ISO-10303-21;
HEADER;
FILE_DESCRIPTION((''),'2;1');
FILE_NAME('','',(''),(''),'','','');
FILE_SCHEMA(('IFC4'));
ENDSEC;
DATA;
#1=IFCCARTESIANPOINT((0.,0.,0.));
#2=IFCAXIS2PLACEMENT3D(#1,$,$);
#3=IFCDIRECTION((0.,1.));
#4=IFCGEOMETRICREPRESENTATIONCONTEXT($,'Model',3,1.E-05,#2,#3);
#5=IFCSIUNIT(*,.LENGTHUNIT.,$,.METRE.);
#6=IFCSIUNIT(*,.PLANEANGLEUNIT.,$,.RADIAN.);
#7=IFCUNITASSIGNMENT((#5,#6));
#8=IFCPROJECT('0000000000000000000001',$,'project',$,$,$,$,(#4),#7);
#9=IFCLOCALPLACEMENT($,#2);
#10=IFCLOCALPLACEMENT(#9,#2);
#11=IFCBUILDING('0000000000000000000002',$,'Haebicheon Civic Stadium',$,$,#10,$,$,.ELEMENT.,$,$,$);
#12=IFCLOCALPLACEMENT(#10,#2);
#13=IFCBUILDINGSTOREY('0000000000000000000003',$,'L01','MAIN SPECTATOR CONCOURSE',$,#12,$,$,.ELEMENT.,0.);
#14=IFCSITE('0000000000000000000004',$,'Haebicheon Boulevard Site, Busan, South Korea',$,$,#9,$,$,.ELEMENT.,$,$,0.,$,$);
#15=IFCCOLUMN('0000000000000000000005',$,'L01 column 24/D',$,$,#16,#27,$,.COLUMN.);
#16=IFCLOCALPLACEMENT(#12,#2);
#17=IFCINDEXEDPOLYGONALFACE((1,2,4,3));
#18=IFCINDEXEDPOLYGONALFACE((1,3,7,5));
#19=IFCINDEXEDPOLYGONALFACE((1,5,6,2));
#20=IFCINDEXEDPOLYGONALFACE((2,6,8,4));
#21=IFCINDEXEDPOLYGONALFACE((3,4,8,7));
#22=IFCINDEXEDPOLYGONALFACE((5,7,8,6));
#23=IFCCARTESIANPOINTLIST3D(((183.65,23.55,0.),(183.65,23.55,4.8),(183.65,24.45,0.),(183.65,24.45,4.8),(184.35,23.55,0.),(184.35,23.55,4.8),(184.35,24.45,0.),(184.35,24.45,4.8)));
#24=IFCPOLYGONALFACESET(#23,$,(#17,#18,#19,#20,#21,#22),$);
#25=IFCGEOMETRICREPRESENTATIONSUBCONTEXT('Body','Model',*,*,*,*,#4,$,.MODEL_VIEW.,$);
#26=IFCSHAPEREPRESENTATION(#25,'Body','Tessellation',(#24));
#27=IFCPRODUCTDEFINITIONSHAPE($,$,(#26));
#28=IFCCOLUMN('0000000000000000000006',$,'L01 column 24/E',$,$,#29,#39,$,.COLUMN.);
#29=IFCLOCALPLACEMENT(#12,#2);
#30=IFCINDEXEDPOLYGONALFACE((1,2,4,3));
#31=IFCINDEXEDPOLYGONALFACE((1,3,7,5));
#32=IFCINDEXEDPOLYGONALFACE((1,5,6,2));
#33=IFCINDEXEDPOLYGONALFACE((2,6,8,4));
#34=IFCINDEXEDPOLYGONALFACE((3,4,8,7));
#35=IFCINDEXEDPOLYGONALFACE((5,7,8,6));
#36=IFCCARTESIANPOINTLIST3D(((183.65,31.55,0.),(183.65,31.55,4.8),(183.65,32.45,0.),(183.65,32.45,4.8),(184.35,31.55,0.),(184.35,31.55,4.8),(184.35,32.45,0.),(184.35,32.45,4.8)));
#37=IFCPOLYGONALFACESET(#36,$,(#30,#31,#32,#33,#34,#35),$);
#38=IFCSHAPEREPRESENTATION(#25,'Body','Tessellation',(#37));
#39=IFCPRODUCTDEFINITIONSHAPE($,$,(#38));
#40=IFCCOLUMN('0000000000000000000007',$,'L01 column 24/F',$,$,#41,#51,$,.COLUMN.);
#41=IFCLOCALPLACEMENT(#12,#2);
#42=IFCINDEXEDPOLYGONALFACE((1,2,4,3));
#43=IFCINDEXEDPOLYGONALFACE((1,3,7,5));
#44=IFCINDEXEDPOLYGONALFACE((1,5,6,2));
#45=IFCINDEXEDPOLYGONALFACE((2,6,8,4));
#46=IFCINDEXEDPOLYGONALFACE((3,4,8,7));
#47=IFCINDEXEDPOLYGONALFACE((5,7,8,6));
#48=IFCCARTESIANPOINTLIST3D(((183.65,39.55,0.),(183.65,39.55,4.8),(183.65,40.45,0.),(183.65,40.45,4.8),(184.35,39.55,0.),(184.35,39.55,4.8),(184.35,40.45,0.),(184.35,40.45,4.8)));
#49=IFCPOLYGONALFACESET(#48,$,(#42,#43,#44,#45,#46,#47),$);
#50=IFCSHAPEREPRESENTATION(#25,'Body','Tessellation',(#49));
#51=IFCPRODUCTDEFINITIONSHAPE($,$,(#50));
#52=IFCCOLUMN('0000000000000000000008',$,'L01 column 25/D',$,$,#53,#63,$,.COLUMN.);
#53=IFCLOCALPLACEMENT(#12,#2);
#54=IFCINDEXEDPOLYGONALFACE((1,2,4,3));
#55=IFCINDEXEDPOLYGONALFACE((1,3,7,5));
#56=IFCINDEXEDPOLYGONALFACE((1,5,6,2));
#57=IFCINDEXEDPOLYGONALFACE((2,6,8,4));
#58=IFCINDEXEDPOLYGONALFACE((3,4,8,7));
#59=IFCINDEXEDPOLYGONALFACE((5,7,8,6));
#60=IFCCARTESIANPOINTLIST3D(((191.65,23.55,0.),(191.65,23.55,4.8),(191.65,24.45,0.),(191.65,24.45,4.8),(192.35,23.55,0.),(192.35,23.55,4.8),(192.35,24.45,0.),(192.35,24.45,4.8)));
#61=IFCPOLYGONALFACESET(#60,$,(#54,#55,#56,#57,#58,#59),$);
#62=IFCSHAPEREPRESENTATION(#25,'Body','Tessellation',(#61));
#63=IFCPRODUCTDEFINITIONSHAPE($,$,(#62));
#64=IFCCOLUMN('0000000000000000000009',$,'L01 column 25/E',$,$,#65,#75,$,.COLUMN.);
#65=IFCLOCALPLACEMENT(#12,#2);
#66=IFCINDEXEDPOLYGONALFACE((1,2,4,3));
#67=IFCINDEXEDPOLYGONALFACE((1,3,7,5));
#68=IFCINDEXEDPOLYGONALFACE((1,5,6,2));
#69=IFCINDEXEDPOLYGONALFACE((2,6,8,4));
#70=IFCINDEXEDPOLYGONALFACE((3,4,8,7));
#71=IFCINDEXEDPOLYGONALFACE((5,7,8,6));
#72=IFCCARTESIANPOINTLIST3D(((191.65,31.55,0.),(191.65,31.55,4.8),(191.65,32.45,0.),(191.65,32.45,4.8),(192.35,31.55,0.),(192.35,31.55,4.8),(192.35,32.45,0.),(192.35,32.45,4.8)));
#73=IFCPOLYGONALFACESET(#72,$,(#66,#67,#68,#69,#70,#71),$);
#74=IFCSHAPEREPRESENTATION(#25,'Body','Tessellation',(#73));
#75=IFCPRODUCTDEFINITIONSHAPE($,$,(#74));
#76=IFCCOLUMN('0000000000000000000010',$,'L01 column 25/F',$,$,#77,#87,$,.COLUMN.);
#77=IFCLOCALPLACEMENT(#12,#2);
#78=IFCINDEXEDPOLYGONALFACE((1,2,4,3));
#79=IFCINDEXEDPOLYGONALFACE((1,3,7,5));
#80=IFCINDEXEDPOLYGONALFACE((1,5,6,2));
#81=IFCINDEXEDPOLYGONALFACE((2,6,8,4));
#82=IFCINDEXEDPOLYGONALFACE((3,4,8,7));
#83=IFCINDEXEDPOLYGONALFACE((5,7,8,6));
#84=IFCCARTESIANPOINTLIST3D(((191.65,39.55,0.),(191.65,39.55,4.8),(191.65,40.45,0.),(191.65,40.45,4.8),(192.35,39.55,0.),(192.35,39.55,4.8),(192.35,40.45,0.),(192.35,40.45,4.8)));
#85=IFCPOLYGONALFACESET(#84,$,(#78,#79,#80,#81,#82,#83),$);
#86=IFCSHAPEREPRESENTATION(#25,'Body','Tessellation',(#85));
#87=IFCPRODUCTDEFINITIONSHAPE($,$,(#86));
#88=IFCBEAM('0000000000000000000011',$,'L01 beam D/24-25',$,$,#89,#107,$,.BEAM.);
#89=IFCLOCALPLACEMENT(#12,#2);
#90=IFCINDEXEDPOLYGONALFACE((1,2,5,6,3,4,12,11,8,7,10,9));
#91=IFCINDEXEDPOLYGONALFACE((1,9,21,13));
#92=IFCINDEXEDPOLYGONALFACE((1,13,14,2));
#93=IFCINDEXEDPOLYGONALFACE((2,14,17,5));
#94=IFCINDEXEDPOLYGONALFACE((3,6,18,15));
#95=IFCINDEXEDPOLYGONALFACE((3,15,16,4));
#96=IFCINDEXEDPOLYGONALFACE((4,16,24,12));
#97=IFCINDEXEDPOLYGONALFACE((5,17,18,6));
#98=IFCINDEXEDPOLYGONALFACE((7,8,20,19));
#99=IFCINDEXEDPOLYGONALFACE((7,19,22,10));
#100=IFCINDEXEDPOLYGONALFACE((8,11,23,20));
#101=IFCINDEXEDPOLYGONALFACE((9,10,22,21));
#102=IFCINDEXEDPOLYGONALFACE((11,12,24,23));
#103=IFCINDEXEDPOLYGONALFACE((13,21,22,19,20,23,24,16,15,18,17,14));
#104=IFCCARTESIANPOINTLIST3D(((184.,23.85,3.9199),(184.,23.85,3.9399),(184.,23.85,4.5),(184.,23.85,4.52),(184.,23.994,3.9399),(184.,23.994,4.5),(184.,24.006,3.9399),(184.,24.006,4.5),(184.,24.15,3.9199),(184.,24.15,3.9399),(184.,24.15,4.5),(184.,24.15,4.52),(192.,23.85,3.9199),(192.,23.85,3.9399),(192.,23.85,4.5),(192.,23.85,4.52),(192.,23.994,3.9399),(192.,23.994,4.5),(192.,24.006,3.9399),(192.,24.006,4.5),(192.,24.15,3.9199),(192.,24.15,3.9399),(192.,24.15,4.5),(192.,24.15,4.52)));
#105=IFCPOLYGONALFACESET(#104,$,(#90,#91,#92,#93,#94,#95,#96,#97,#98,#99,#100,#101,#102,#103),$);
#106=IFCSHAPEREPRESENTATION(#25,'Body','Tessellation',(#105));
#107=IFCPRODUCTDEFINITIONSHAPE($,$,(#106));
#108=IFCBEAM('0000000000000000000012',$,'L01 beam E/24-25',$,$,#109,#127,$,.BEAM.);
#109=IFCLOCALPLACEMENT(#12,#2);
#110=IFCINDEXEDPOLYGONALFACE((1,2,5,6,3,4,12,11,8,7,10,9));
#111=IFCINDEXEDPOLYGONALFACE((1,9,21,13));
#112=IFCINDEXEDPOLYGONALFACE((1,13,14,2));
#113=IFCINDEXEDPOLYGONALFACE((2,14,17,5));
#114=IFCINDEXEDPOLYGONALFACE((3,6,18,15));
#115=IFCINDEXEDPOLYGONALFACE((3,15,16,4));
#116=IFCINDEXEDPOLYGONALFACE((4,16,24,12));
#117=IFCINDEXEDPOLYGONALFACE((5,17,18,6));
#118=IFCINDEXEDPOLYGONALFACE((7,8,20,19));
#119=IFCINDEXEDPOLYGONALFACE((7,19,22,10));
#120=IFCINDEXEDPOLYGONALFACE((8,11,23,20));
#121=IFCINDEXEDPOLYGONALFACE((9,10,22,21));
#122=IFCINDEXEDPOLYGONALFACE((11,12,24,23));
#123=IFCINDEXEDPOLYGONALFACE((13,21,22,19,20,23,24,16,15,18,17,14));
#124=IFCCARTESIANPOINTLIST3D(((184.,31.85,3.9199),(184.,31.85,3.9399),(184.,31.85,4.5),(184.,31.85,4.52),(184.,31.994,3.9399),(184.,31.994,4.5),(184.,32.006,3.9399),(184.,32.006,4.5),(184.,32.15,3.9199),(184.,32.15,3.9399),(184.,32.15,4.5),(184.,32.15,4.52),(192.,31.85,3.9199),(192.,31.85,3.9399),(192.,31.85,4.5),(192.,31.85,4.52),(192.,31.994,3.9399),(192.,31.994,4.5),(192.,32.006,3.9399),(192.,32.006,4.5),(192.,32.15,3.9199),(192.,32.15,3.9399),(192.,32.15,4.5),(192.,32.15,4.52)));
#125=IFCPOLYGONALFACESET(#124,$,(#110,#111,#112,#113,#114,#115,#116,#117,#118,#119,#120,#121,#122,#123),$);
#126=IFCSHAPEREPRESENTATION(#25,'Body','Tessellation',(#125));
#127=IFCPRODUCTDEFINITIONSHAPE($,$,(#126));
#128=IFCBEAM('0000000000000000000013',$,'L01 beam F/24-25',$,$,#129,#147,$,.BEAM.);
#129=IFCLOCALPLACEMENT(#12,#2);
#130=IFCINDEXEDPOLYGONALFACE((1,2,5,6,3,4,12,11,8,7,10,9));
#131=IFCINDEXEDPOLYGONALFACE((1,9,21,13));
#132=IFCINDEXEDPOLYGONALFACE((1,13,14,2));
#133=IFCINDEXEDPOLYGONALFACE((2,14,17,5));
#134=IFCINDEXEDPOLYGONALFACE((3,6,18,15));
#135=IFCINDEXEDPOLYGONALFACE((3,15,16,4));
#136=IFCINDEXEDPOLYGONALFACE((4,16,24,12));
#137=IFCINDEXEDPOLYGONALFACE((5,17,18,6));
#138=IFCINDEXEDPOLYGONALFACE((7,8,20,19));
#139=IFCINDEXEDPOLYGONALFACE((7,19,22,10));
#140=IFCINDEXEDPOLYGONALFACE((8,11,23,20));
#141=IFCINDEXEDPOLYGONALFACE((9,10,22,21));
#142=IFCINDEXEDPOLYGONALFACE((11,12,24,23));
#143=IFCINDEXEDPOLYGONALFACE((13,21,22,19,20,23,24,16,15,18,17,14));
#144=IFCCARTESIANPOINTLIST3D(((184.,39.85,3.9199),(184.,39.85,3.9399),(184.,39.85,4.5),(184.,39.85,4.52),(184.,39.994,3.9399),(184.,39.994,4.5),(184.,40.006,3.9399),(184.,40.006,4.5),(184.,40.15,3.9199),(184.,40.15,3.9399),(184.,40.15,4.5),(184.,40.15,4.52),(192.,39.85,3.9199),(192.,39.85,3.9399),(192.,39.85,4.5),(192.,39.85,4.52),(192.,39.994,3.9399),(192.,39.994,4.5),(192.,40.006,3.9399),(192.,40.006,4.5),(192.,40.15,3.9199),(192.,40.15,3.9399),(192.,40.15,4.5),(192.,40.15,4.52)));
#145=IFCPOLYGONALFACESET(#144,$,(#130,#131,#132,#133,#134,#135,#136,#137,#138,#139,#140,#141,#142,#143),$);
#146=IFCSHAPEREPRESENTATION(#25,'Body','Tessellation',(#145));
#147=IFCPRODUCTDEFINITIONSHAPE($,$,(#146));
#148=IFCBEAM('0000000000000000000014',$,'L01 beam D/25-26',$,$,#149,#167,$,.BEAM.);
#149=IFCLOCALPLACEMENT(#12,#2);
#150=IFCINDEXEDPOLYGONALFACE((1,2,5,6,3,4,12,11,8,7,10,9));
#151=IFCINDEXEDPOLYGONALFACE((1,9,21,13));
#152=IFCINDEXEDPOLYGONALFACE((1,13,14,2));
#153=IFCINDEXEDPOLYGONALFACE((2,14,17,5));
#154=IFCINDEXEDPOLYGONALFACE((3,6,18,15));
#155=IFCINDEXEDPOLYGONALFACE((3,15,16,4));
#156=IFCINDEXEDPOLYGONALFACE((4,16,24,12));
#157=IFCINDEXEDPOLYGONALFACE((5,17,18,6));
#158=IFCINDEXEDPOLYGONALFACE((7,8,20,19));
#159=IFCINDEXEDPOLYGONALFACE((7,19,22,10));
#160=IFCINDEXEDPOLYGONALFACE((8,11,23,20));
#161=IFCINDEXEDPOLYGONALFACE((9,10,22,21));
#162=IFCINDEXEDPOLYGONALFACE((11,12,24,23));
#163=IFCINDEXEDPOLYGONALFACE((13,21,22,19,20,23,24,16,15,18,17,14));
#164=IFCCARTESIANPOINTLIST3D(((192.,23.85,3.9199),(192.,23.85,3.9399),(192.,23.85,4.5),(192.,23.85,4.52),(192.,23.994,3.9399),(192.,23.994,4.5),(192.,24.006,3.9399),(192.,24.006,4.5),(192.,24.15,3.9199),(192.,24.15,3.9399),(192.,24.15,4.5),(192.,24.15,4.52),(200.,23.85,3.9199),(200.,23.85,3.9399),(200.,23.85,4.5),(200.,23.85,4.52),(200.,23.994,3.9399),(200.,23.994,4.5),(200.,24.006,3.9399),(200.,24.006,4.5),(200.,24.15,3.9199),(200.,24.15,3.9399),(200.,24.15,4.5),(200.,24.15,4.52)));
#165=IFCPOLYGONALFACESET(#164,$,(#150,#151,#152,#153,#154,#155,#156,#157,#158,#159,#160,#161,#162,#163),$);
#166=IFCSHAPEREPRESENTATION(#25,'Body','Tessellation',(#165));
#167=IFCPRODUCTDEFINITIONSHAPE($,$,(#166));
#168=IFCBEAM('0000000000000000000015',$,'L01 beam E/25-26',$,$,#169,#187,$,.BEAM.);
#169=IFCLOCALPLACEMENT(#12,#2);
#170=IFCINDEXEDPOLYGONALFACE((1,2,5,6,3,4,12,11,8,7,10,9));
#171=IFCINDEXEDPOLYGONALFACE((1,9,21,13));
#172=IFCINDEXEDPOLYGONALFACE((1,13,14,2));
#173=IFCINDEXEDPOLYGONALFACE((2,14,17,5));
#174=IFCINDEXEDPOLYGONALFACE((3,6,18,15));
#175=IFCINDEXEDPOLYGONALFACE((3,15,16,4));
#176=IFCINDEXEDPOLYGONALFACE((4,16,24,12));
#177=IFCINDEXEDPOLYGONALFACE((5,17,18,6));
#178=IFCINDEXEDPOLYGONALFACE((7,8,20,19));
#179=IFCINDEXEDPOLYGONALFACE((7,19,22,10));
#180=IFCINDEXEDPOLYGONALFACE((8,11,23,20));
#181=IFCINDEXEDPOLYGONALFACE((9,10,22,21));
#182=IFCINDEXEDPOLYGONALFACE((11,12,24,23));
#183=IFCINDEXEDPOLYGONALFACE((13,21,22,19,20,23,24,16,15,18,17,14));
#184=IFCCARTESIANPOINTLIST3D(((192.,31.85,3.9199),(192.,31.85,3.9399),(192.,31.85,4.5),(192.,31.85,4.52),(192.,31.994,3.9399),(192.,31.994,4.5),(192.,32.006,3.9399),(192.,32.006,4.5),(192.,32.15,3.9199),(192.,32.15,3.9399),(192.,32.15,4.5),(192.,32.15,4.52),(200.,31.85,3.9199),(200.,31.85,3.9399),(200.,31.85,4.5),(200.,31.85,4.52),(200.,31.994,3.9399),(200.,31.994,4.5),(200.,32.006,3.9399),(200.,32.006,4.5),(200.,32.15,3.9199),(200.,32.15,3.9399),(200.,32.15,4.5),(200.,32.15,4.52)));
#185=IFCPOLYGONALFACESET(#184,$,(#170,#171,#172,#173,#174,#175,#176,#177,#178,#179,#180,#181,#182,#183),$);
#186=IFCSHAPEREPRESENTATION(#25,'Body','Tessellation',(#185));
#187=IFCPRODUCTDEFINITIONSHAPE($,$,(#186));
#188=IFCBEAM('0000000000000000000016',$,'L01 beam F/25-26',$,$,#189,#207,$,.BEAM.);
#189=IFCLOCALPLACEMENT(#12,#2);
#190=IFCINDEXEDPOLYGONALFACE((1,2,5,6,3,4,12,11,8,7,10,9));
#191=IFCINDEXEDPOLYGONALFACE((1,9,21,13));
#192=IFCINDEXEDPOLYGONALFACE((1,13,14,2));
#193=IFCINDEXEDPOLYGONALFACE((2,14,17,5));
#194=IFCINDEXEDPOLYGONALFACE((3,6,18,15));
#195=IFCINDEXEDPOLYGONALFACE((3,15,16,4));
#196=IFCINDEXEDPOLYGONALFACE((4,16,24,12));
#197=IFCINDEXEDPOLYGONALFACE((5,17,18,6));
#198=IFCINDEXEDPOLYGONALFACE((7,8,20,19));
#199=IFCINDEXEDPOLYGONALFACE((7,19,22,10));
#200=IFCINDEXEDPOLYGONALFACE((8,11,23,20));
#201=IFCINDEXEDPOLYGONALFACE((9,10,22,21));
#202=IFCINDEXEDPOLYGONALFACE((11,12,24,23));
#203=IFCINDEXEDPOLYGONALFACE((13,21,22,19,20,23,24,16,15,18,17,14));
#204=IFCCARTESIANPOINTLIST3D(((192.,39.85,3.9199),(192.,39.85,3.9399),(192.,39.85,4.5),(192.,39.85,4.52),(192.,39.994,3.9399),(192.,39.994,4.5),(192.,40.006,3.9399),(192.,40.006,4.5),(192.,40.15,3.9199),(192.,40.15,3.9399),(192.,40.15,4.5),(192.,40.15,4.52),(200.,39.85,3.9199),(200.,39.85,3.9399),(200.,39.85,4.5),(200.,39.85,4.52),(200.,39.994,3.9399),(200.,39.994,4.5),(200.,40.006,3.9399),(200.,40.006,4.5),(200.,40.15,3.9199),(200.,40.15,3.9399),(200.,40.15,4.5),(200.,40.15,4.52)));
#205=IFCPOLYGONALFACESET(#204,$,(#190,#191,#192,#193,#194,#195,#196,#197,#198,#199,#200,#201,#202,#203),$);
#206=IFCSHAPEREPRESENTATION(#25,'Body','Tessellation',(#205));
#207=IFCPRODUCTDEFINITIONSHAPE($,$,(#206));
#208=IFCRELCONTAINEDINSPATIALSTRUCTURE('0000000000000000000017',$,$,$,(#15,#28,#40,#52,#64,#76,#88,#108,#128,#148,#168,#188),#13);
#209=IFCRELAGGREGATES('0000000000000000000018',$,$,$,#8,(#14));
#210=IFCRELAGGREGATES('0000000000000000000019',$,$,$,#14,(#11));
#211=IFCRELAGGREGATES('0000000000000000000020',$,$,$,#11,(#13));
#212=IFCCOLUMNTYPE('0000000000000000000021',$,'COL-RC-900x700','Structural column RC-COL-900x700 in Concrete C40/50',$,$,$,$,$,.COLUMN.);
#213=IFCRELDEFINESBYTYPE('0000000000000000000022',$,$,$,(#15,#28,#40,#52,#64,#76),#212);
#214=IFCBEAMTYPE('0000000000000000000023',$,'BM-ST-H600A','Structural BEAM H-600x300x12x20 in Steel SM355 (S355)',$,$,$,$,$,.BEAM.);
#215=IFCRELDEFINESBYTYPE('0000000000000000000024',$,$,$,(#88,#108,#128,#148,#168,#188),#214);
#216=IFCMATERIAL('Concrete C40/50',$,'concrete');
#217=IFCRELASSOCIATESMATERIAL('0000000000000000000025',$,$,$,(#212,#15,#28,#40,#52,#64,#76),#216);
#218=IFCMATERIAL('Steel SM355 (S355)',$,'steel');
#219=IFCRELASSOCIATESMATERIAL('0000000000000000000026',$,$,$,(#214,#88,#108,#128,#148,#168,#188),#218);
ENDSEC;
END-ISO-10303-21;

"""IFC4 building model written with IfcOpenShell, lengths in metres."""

from ifc_helpers import new_model, si_unit, direction, frame, origin, origin_2d, place, context, subcontext, project, spatial, rectangle, i_section, extrude, material, material_profile, profile_set, type_object, element, save


model = new_model("IFC4")

# Units and contexts
model_context = context("Model", 3, precision=1e-05, world=origin(), true_north=direction((0.0, 1.0)))
body_context = subcontext(model_context, "Body", "Model", "MODEL_VIEW")
ifc_project = project(units=[si_unit("LENGTHUNIT", "METRE"), si_unit("PLANEANGLEUNIT", "RADIAN")], contexts=[model_context])

# Site, building, storey
site_placement = place(None, origin())
site = spatial("IfcSite", under=ifc_project, at=site_placement, Name="Haebicheon Boulevard Site, Busan, South Korea", CompositionType="ELEMENT", RefElevation=0.0)
building_placement = place(site_placement, origin())
building = spatial("IfcBuilding", under=site, at=building_placement, Name="Haebicheon Civic Stadium", CompositionType="ELEMENT")
storey_placement = place(building_placement, origin())
storey = spatial("IfcBuildingStorey", under=building, at=storey_placement, Name="L01", Description="MAIN SPECTATOR CONCOURSE", CompositionType="ELEMENT", Elevation=0.0)

# Columns
ifc_material_1 = material(Name="Concrete C40/50", Category="concrete")
ifc_material_profile_1 = material_profile(ifc_material_1, rectangle(XDim=0.7, YDim=0.8999, at=origin_2d()), Name="RC-COL-900x700")
ifc_profile_set_1 = profile_set([ifc_material_profile_1], Name="Concrete C40/50")
column_type = type_object("IfcColumnType", Name="COL-RC-900x700", Description="Structural column RC-COL-900x700 in Concrete C40/50", PredefinedType="COLUMN", material=ifc_profile_set_1)
for number, where, z_axis, x_axis, name in (
    (1, (184.0, 24.0, 0.0), (0.0, 0.0, 1.0), (1.0, 0.0, 0.0), "L01 column 24/D"),
    (2, (184.0, 32.0, 0.0), (0.0, 0.0, 1.0), (1.0, 0.0, 0.0), "L01 column 24/E"),
    (3, (184.0, 40.0, 0.0), (0.0, 0.0, 1.0), (1.0, 0.0, 0.0), "L01 column 24/F"),
    (4, (192.0, 24.0, 0.0), (0.0, 0.0, 1.0), (1.0, 0.0, 0.0), "L01 column 25/D"),
    (5, (192.0, 32.0, 0.0), (0.0, 0.0, 1.0), (1.0, 0.0, 0.0), "L01 column 25/E"),
    (6, (192.0, 40.0, 0.0), (0.0, 0.0, 1.0), (1.0, 0.0, 0.0), "L01 column 25/F"),
):
    element("IfcColumn", number, at=place(storey_placement, frame(where, z_axis=z_axis, x_axis=x_axis)), inside=storey, type_object=column_type, material=ifc_profile_set_1, Name=name, PredefinedType="COLUMN", context=body_context, shape_type="SweptSolid", body=[
        extrude(rectangle(XDim=0.7, YDim=0.8999, at=origin_2d()), origin(), (0.0, 0.0, 1.0), 4.8),
    ])

# Beams
ifc_material_2 = material(Name="Steel SM355 (S355)", Category="steel")
ifc_material_profile_2 = material_profile(ifc_material_2, i_section(OverallWidth=0.3, OverallDepth=0.6001, WebThickness=0.012, FlangeThickness=0.02, at=origin_2d()), Name="H-600x300x12x20")
ifc_profile_set_2 = profile_set([ifc_material_profile_2], Name="Steel SM355 (S355)")
beam_type_1 = type_object("IfcBeamType", Name="BM-ST-H600A", Description="Structural BEAM H-600x300x12x20 in Steel SM355 (S355)", PredefinedType="BEAM", material=ifc_profile_set_2)
for number, where, z_axis, x_axis, name in (
    (7, (184.0, 24.0, 4.22), (1.0, 0.0, 0.0), (0.0, 1.0, 0.0), "L01 beam D/24-25"),
    (8, (184.0, 32.0, 4.22), (1.0, 0.0, 0.0), (0.0, 1.0, 0.0), "L01 beam E/24-25"),
    (9, (184.0, 40.0, 4.22), (1.0, 0.0, 0.0), (0.0, 1.0, 0.0), "L01 beam F/24-25"),
    (10, (192.0, 24.0, 4.22), (1.0, 0.0, 0.0), (0.0, 1.0, 0.0), "L01 beam D/25-26"),
    (11, (192.0, 32.0, 4.22), (1.0, 0.0, 0.0), (0.0, 1.0, 0.0), "L01 beam E/25-26"),
    (12, (192.0, 40.0, 4.22), (1.0, 0.0, 0.0), (0.0, 1.0, 0.0), "L01 beam F/25-26"),
):
    element("IfcBeam", number, at=place(storey_placement, frame(where, z_axis=z_axis, x_axis=x_axis)), inside=storey, type_object=beam_type_1, material=ifc_profile_set_2, Name=name, PredefinedType="BEAM", context=body_context, shape_type="SweptSolid", body=[
        extrude(i_section(OverallWidth=0.3, OverallDepth=0.6001, WebThickness=0.012, FlangeThickness=0.02, at=origin_2d()), origin(), (0.0, 0.0, 1.0), 8.0),
    ])

save(model, "model.ifc")
